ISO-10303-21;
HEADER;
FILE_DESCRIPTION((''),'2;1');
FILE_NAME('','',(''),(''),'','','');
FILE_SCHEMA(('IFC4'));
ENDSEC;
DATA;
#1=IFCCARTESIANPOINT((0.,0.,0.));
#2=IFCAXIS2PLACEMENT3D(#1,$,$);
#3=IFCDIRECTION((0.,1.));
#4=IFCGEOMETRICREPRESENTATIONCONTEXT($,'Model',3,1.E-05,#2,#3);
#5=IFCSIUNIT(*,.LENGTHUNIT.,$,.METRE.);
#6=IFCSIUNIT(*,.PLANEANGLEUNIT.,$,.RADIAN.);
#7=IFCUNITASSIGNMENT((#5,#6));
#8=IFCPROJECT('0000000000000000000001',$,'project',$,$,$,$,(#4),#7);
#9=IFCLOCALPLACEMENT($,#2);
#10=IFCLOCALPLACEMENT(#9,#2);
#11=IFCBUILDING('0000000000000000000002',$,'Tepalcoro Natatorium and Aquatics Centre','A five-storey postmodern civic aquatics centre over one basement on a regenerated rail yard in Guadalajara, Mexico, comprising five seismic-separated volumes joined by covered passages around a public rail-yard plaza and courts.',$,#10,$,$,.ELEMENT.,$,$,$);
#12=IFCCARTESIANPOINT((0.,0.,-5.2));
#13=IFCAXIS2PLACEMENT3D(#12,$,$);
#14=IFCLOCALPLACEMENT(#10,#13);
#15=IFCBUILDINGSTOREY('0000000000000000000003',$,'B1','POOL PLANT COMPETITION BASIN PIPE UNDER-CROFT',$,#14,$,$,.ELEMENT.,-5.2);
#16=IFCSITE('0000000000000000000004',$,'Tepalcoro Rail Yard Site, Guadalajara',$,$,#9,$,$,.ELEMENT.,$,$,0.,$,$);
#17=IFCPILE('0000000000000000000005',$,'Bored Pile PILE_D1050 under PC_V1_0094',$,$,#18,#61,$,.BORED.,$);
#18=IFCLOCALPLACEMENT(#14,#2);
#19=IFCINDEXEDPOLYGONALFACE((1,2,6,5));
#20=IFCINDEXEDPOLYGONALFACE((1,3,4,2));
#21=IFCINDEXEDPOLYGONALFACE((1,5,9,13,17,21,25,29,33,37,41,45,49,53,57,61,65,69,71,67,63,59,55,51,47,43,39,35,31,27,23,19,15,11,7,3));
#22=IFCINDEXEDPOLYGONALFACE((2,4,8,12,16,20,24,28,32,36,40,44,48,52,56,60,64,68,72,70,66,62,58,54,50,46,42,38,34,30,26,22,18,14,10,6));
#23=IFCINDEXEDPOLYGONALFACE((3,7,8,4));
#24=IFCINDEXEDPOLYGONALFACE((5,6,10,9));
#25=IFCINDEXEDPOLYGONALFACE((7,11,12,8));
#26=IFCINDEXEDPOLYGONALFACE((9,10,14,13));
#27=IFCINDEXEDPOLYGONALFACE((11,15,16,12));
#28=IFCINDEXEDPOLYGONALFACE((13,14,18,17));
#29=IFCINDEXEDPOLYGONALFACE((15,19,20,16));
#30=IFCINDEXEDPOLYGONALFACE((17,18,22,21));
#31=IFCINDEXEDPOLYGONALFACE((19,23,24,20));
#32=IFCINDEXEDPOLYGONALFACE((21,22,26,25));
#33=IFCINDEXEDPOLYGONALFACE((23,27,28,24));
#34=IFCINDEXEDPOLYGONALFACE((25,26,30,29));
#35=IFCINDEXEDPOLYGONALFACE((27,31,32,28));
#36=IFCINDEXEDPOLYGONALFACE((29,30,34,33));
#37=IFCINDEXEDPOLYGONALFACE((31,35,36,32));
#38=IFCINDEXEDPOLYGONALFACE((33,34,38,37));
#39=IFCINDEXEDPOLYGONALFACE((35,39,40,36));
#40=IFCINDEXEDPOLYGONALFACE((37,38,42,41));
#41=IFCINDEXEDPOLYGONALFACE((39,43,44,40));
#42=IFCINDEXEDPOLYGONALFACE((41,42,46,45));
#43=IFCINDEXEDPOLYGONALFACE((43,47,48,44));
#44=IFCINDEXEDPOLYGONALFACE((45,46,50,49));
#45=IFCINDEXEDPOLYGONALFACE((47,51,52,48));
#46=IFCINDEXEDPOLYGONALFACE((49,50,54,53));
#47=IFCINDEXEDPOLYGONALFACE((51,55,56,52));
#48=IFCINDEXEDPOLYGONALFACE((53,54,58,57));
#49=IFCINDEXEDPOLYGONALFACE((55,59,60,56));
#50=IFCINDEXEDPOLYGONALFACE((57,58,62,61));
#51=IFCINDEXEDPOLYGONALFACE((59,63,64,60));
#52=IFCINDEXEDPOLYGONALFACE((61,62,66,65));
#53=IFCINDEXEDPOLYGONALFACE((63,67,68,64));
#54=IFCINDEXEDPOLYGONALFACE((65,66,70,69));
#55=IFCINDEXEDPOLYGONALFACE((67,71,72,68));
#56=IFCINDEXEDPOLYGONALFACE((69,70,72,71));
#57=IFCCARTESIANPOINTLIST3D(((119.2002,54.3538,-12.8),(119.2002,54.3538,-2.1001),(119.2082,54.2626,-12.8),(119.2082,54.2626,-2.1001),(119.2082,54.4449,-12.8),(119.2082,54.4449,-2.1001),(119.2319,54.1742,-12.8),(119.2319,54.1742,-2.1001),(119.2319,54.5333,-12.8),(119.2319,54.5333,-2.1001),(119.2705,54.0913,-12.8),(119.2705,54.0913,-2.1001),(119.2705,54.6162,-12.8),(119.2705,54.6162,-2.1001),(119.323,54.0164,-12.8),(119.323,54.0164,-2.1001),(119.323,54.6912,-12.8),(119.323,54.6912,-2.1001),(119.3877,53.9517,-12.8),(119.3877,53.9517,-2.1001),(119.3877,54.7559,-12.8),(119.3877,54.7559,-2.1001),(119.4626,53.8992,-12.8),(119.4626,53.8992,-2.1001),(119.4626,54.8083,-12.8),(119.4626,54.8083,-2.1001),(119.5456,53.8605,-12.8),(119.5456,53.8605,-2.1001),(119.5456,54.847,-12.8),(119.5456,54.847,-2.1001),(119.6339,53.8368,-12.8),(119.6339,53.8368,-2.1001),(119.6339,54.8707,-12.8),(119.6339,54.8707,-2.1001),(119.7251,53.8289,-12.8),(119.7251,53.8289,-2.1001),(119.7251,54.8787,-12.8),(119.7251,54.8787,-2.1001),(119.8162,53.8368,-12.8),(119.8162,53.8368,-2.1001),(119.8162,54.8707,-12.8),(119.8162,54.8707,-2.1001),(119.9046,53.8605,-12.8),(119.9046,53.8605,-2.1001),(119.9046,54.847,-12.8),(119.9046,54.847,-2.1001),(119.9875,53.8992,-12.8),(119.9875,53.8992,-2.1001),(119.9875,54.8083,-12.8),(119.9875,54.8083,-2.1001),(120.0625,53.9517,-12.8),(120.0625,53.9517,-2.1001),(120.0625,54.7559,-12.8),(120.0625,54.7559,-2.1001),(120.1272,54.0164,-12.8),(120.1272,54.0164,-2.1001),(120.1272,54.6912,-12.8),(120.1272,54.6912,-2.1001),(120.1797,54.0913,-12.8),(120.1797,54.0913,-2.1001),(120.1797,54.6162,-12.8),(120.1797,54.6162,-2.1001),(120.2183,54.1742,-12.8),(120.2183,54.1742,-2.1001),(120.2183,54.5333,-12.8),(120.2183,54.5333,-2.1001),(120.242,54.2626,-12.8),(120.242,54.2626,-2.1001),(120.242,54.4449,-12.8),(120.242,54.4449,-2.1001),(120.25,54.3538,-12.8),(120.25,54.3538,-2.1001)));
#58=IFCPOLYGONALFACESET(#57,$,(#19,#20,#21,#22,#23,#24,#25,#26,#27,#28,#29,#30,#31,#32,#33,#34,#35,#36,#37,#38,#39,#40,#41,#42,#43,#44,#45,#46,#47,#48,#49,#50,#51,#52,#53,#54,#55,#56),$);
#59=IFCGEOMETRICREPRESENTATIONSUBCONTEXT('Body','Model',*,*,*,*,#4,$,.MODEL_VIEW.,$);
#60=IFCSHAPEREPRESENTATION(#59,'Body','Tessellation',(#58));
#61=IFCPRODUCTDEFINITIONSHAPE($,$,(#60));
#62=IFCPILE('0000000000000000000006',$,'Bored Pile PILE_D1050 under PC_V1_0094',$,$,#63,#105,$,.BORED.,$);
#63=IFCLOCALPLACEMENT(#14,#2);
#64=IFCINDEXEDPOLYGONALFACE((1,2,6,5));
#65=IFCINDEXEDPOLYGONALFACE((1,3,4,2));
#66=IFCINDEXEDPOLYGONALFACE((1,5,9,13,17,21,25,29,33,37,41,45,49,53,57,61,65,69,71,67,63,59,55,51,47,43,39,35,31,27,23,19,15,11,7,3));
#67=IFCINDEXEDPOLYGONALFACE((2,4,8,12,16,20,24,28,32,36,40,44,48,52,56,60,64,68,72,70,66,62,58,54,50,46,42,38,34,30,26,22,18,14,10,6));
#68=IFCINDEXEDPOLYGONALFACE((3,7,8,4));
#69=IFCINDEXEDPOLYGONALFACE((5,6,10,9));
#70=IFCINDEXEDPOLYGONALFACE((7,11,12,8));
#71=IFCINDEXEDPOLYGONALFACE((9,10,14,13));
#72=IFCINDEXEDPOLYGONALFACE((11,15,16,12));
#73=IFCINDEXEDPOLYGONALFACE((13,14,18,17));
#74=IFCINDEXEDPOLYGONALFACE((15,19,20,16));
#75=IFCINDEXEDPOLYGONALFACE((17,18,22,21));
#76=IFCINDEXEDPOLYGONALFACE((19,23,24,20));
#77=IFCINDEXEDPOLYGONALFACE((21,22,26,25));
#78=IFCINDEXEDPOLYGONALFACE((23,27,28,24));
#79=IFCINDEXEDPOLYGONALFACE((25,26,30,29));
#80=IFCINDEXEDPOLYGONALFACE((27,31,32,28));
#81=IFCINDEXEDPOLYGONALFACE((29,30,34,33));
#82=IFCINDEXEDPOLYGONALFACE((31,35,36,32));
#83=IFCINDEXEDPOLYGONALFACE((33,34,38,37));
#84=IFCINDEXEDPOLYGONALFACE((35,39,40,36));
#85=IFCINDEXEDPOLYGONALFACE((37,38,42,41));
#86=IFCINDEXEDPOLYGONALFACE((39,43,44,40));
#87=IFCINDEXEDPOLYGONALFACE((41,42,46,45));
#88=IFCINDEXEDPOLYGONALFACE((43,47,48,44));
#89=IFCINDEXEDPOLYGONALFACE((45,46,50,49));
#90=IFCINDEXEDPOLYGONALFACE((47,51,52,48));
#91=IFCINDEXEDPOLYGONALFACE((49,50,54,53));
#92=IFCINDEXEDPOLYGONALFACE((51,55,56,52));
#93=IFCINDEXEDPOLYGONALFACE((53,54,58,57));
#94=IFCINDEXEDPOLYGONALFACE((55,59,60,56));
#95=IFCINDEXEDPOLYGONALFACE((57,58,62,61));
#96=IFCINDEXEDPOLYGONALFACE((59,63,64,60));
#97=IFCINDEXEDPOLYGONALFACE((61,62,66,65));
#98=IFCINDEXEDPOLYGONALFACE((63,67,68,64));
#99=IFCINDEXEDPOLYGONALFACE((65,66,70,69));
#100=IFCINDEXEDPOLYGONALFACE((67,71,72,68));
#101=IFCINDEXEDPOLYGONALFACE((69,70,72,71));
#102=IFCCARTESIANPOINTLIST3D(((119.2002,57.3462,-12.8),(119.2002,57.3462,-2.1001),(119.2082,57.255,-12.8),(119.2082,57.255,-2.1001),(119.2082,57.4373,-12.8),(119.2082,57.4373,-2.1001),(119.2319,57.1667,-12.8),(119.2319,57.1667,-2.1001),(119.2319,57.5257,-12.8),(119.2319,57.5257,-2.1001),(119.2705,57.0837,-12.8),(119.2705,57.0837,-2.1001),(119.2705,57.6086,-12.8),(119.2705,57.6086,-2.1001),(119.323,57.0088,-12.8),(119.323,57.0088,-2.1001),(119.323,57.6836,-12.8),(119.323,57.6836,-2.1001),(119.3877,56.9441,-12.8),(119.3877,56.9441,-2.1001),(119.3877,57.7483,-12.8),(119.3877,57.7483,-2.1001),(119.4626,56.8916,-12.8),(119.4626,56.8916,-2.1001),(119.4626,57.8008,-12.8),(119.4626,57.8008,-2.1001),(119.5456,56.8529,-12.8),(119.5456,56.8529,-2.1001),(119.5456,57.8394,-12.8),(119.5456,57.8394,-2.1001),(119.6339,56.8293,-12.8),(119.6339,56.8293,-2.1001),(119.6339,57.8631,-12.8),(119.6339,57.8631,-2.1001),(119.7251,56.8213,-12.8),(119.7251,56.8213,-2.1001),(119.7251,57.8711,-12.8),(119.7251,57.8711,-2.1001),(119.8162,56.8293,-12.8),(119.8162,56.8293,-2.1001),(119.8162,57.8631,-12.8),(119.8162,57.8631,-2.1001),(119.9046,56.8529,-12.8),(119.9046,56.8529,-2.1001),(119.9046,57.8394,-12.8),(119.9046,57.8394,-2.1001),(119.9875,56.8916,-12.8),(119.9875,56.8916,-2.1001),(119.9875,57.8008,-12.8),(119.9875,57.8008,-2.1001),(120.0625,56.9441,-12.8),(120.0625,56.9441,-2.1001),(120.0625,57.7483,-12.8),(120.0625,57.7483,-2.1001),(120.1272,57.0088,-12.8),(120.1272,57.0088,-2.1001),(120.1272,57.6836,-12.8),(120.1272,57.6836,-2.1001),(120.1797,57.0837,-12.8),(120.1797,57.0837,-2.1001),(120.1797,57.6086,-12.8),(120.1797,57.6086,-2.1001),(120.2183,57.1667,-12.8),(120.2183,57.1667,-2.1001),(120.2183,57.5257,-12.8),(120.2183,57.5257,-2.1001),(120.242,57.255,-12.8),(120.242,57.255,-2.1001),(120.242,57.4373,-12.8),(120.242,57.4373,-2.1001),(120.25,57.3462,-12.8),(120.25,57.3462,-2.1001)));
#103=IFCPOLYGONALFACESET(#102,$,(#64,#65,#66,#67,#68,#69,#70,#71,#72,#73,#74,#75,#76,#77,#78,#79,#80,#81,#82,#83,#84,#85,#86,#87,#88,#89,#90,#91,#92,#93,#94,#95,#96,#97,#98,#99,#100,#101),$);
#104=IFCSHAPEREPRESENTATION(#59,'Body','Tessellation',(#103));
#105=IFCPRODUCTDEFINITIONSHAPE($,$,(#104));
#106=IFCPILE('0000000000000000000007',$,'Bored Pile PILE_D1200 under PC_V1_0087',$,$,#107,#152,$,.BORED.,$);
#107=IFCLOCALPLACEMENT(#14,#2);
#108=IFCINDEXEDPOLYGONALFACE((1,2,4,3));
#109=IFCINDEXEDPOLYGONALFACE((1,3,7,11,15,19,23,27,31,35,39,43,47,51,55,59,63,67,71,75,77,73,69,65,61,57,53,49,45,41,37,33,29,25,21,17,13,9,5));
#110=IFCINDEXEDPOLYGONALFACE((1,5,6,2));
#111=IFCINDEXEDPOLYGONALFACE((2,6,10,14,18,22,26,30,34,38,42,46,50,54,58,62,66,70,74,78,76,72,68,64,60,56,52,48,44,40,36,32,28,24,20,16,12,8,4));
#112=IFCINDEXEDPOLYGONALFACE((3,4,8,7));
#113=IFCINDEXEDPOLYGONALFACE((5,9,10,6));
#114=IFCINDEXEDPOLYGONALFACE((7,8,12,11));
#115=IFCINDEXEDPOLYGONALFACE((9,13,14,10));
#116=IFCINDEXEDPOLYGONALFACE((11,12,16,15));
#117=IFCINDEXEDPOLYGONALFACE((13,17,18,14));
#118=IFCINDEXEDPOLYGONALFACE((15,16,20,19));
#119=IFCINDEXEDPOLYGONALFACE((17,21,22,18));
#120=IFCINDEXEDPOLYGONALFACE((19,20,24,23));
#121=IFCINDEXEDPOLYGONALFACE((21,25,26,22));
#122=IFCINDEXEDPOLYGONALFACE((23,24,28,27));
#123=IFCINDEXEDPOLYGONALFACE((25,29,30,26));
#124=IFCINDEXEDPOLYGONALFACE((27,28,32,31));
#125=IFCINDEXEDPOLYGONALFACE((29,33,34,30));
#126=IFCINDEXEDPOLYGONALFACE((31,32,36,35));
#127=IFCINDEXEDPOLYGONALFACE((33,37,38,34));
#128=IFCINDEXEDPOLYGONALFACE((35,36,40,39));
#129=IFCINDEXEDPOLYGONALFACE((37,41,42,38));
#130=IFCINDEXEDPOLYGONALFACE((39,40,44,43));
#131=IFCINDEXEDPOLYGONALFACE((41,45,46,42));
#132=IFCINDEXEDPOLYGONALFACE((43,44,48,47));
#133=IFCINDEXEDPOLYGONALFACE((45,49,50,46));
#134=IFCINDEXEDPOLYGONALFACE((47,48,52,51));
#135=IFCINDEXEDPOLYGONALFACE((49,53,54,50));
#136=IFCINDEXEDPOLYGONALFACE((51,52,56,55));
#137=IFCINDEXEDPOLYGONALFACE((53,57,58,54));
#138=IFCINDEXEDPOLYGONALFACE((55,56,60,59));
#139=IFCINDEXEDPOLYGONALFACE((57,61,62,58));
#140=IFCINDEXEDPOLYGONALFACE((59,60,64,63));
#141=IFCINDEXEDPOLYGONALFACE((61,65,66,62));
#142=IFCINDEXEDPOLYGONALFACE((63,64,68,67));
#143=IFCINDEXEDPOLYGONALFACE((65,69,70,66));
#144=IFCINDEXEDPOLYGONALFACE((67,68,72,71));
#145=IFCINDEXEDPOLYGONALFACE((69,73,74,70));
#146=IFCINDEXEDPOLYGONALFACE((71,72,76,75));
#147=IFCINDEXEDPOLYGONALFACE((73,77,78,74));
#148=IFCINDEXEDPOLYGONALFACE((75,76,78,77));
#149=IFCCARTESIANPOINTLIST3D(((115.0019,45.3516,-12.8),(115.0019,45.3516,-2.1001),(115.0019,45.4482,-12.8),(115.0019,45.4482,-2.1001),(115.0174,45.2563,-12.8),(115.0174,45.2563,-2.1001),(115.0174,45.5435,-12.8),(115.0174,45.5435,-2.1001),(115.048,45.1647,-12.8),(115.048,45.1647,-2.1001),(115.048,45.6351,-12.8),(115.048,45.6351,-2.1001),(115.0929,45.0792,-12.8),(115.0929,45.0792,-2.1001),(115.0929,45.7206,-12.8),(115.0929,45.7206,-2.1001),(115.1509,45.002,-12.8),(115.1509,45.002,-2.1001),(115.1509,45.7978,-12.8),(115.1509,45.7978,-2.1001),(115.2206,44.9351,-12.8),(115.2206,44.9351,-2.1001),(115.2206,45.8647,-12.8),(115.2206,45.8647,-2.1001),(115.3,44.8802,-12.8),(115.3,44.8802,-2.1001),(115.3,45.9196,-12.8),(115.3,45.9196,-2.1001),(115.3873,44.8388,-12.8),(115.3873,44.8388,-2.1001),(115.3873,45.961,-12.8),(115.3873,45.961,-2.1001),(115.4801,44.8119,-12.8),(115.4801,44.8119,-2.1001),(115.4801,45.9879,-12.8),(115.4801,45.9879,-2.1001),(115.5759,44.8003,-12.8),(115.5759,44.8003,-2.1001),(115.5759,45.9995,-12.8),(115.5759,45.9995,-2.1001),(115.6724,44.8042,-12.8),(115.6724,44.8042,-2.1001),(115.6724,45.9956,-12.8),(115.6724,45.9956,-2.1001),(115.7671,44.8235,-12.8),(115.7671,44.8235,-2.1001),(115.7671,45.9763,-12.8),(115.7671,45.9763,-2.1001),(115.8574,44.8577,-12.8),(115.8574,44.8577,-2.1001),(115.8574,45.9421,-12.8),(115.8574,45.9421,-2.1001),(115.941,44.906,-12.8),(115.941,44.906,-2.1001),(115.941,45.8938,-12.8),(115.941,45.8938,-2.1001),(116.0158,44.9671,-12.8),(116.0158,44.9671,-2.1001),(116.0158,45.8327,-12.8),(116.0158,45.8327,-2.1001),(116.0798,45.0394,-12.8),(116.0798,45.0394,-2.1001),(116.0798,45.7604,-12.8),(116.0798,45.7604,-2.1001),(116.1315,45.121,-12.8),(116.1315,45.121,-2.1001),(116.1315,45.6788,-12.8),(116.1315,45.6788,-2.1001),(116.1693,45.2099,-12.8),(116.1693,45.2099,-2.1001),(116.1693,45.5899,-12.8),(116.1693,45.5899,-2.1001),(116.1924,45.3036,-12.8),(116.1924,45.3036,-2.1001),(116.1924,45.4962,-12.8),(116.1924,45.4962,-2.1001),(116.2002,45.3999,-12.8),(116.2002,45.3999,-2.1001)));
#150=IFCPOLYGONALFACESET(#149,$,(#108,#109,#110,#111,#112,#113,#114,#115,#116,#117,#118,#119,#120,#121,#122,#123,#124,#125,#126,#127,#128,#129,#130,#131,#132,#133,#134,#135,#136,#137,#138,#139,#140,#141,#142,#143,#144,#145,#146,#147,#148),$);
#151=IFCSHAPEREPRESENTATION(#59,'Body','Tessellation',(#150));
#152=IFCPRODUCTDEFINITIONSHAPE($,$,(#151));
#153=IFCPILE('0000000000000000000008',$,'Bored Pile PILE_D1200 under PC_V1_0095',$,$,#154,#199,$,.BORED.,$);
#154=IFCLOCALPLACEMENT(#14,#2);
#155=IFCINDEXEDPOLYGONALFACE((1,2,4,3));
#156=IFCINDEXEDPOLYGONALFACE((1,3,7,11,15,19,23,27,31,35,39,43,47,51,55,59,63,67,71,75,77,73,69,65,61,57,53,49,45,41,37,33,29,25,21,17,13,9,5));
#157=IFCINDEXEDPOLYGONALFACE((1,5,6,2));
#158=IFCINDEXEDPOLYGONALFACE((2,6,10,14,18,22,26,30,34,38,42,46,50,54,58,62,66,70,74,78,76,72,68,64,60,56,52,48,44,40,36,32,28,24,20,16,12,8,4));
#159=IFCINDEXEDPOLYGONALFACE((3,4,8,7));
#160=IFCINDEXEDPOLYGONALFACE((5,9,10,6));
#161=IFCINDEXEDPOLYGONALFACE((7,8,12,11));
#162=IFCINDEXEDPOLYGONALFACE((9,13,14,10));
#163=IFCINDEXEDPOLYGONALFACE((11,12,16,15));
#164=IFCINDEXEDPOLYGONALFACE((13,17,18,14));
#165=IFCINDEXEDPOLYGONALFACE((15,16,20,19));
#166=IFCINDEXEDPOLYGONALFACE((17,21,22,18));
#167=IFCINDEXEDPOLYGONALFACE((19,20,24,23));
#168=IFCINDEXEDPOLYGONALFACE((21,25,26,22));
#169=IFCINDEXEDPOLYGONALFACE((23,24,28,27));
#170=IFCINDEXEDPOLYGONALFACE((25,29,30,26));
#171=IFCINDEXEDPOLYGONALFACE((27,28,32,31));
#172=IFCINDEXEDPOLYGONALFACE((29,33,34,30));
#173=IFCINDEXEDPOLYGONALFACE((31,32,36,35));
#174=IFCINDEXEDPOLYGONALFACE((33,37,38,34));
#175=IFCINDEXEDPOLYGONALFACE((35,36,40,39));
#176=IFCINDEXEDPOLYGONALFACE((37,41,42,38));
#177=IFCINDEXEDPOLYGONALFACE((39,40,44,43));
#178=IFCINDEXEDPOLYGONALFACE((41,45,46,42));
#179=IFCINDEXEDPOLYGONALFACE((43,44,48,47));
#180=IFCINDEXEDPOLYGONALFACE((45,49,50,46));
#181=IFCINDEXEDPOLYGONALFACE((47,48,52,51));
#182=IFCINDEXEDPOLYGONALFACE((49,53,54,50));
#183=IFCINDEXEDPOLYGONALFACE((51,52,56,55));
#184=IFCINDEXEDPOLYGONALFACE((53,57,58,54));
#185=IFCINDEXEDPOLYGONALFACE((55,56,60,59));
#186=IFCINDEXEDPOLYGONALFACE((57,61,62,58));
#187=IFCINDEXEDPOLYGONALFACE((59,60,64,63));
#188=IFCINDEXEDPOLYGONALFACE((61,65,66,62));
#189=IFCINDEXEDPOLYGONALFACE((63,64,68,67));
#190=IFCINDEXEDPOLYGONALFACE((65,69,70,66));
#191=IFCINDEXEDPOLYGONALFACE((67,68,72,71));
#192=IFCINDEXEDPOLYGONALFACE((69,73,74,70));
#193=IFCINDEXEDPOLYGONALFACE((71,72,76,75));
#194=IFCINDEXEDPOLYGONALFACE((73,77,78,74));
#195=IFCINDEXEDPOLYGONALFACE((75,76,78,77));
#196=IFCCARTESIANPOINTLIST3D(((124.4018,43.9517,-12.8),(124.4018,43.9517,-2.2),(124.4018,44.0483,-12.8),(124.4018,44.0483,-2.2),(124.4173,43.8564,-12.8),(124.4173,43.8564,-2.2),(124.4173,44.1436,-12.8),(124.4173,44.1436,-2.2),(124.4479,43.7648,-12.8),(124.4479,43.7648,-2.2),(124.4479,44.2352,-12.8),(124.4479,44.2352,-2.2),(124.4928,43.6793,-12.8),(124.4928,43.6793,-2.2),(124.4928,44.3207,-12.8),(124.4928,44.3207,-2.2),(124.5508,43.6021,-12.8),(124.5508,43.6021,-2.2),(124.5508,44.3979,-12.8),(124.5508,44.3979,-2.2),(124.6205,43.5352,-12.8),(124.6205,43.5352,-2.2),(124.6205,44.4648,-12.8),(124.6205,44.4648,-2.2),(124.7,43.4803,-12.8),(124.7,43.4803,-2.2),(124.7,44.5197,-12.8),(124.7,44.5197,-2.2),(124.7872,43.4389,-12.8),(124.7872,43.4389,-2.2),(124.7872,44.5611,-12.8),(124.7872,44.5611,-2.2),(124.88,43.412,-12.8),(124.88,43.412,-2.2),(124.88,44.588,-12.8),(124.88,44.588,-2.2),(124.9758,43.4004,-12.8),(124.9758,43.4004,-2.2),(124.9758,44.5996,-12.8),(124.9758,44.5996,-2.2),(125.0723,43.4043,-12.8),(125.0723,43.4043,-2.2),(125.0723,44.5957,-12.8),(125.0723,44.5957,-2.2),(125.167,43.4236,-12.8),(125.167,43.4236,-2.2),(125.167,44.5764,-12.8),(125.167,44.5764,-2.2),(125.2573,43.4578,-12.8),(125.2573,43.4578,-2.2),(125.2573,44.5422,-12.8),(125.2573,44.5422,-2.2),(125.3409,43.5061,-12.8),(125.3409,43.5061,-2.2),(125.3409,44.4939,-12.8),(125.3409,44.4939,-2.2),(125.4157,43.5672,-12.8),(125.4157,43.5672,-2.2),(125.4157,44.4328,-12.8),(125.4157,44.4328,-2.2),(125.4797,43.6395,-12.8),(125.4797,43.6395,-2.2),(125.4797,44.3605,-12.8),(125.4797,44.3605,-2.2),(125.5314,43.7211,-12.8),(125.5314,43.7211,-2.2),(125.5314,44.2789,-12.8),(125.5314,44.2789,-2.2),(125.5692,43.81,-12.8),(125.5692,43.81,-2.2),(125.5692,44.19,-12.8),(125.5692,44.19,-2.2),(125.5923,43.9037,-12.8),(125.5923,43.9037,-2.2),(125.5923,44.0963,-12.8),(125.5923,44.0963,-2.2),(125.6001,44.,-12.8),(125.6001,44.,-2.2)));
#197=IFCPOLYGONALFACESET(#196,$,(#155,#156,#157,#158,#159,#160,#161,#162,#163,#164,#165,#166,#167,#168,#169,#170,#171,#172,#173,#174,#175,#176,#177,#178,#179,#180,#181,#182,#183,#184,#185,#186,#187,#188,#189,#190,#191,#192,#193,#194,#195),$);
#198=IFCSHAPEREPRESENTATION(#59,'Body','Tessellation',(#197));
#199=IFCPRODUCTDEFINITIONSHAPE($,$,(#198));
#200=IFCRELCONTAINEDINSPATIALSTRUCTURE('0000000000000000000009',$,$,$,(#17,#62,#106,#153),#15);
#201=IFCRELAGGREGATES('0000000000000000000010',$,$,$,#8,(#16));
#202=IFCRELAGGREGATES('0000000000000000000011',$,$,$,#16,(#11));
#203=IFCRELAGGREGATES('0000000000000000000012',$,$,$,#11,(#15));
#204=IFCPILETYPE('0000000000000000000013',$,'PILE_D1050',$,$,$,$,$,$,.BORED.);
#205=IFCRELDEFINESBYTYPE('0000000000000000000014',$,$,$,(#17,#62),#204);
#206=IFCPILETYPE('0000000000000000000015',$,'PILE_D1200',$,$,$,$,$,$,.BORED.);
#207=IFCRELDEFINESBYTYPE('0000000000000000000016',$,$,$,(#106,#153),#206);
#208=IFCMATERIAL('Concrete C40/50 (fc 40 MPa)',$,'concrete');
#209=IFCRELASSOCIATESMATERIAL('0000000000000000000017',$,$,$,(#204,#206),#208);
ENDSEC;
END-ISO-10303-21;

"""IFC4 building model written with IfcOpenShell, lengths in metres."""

from ifc_helpers import new_model, si_unit, direction, frame, origin, origin_2d, place, context, subcontext, project, spatial, circle, extrude, material, material_profile, profile_set, type_object, element, save


model = new_model("IFC4")

# Units and contexts
model_context = context("Model", 3, precision=1e-05, world=origin(), true_north=direction((0.0, 1.0)))
body_context = subcontext(model_context, "Body", "Model", "MODEL_VIEW")
ifc_project = project(units=[si_unit("LENGTHUNIT", "METRE"), si_unit("PLANEANGLEUNIT", "RADIAN")], contexts=[model_context])

# Site, building, storey
site_placement = place(None, origin())
site = spatial("IfcSite", under=ifc_project, at=site_placement, Name="Tepalcoro Rail Yard Site, Guadalajara", CompositionType="ELEMENT", RefElevation=0.0)
building_placement = place(site_placement, origin())
building = spatial("IfcBuilding", under=site, at=building_placement, Name="Tepalcoro Natatorium and Aquatics Centre", Description="A five-storey postmodern civic aquatics centre over one basement on a regenerated rail yard in Guadalajara, Mexico, comprising five seismic-separated volumes joined by covered passages around a public rail-yard plaza and courts.", CompositionType="ELEMENT")
storey_placement = place(building_placement, frame((0.0, 0.0, -5.2)))
storey = spatial("IfcBuildingStorey", under=building, at=storey_placement, Name="B1", Description="POOL PLANT COMPETITION BASIN PIPE UNDER-CROFT", CompositionType="ELEMENT", Elevation=-5.2)

# Piles
ifc_material_1 = material(Name="Concrete C40/50 (fc 40 MPa)", Category="concrete")
ifc_material_profile_1 = material_profile(ifc_material_1, circle(Radius=0.5249, at=origin_2d()), Name="PILE_D1050")
ifc_profile_set_1 = profile_set([ifc_material_profile_1], Name="Concrete C40/50 (fc 40 MPa)")
pile_type_1 = type_object("IfcPileType", Name="PILE_D1050", PredefinedType="BORED", material=ifc_profile_set_1)
for number, where, z_axis, x_axis, name in (
    (1, (119.7251, 54.3538, -2.1001), (0.0, 0.0, -1.0), (1.0, 0.0, 0.0), "Bored Pile PILE_D1050 under PC_V1_0094"),
    (2, (119.7251, 57.3462, -2.1001), (0.0, 0.0, -1.0), (1.0, 0.0, 0.0), "Bored Pile PILE_D1050 under PC_V1_0094"),
):
    element("IfcPile", number, at=place(storey_placement, frame(where, z_axis=z_axis, x_axis=x_axis)), inside=storey, type_object=pile_type_1, Name=name, PredefinedType="BORED", context=body_context, shape_type="SweptSolid", body=[
        extrude(circle(Radius=0.5249, at=origin_2d()), origin(), (0.0, 0.0, 1.0), 10.7),
    ])
ifc_material_profile_2 = material_profile(ifc_material_1, circle(Radius=0.6001, at=origin_2d()), Name="PILE_D1200")
ifc_profile_set_2 = profile_set([ifc_material_profile_2], Name="Concrete C40/50 (fc 40 MPa)")
pile_type_2 = type_object("IfcPileType", Name="PILE_D1200", PredefinedType="BORED", material=ifc_profile_set_2)
pile_1_placement = place(storey_placement, frame((115.6001, 45.3999, -2.1001), z_axis=(0.0, 0.0, -1.0), x_axis=(1.0, 0.0, 0.0)))
element("IfcPile", 3, at=pile_1_placement, inside=storey, type_object=pile_type_2, Name="Bored Pile PILE_D1200 under PC_V1_0087", PredefinedType="BORED", context=body_context, shape_type="SweptSolid", body=[
    extrude(circle(Radius=0.6001, at=origin_2d()), origin(), (0.0, 0.0, 1.0), 10.7),
])
pile_2_placement = place(storey_placement, frame((125.0, 44.0, -2.2), z_axis=(0.0, 0.0, -1.0), x_axis=(1.0, 0.0, 0.0)))
element("IfcPile", 4, at=pile_2_placement, inside=storey, type_object=pile_type_2, Name="Bored Pile PILE_D1200 under PC_V1_0095", PredefinedType="BORED", context=body_context, shape_type="SweptSolid", body=[
    extrude(circle(Radius=0.6001, at=origin_2d()), origin(), (0.0, 0.0, 1.0), 10.6001),
])

save(model, "model.ifc")
